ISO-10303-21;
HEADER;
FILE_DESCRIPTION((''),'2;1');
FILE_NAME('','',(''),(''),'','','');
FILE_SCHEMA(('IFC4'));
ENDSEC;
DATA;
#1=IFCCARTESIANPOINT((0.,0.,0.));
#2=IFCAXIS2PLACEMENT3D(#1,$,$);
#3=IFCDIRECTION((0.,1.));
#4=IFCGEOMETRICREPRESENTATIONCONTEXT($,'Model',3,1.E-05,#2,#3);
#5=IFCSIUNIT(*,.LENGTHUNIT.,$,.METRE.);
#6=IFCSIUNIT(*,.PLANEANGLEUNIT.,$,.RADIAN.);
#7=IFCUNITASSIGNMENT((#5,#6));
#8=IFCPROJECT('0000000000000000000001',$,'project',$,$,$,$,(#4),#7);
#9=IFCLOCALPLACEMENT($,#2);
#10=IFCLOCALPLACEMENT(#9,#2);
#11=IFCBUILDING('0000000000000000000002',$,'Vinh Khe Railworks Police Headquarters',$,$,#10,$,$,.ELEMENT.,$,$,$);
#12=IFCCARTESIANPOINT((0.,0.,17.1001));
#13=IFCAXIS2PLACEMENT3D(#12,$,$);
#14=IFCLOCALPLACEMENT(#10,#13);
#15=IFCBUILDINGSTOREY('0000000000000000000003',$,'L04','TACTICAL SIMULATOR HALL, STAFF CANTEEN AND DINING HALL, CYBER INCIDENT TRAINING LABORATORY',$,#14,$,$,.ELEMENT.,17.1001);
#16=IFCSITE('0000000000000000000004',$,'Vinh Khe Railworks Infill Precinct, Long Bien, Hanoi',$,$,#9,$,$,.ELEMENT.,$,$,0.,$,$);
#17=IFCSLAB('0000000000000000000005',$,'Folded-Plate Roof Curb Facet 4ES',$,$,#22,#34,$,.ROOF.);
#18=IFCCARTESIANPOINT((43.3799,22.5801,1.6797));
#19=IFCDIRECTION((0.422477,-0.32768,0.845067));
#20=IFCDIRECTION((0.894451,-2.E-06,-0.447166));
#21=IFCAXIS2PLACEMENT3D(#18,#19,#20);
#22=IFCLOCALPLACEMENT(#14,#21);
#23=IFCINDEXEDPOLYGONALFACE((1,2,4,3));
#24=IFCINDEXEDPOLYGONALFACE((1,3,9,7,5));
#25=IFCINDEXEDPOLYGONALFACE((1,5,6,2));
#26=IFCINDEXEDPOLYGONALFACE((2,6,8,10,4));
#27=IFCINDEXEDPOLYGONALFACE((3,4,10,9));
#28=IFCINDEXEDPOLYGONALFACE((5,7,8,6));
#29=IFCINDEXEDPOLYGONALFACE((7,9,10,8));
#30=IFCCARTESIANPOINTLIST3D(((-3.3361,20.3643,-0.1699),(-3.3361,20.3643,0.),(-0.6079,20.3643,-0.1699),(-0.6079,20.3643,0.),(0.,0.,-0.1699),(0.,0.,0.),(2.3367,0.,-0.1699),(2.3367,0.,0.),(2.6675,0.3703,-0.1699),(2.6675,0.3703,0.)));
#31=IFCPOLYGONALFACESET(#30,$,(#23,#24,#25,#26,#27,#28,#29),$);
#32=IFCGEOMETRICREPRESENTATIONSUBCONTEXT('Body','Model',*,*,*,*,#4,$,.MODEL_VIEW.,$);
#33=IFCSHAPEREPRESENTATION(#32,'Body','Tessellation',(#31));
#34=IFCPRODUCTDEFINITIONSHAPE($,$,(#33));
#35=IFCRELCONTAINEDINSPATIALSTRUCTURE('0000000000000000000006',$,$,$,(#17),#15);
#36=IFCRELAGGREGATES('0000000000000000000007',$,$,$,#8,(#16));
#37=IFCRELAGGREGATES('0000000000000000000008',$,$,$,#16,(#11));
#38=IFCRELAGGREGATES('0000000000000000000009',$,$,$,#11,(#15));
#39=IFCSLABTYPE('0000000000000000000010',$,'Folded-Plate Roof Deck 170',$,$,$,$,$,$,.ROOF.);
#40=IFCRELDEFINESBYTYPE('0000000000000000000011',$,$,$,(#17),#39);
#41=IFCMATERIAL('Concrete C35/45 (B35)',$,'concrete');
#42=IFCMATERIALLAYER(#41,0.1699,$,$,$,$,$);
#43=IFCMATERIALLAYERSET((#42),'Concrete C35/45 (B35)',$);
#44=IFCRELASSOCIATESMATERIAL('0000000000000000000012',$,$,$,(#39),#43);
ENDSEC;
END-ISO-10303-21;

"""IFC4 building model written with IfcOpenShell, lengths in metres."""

from ifc_helpers import new_model, si_unit, direction, frame, origin, place, context, subcontext, project, spatial, polyline, outline, extrude, material, layer, layer_set, type_object, element, save


model = new_model("IFC4")

# Units and contexts
model_context = context("Model", 3, precision=1e-05, world=origin(), true_north=direction((0.0, 1.0)))
body_context = subcontext(model_context, "Body", "Model", "MODEL_VIEW")
ifc_project = project(units=[si_unit("LENGTHUNIT", "METRE"), si_unit("PLANEANGLEUNIT", "RADIAN")], contexts=[model_context])

# Site, building, storey
site_placement = place(None, origin())
site = spatial("IfcSite", under=ifc_project, at=site_placement, Name="Vinh Khe Railworks Infill Precinct, Long Bien, Hanoi", CompositionType="ELEMENT", RefElevation=0.0)
building_placement = place(site_placement, origin())
building = spatial("IfcBuilding", under=site, at=building_placement, Name="Vinh Khe Railworks Police Headquarters", CompositionType="ELEMENT")
storey_placement = place(building_placement, frame((0.0, 0.0, 17.1001)))
storey = spatial("IfcBuildingStorey", under=building, at=storey_placement, Name="L04", Description="TACTICAL SIMULATOR HALL, STAFF CANTEEN AND DINING HALL, CYBER INCIDENT TRAINING LABORATORY", CompositionType="ELEMENT", Elevation=17.1001)

# Slab
ifc_material_1 = material(Name="Concrete C35/45 (B35)", Category="concrete")
ifc_layer = layer(ifc_material_1, 0.1699)
ifc_layer_set = layer_set([ifc_layer], Name="Concrete C35/45 (B35)")
slab_type = type_object("IfcSlabType", Name="Folded-Plate Roof Deck 170", PredefinedType="ROOF", material=ifc_layer_set)
slab_1_placement = place(storey_placement, frame((43.3799, 22.5801, 1.6797), z_axis=(0.422477, -0.32768, 0.845067), x_axis=(0.894451, -0.000002, -0.447166)))
element("IfcSlab", 1, at=slab_1_placement, inside=storey, type_object=slab_type, Name="Folded-Plate Roof Curb Facet 4ES", PredefinedType="ROOF", context=body_context, shape_type="SweptSolid", body=[
    extrude(outline(polyline([(0.0, 0.0), (2.3367, 0.0), (2.6675, 0.3703), (-0.6079, 20.3643), (-3.3361, 20.3643), (0.0, 0.0)])), origin(), (0.0, 0.0, -1.0), 0.1699),
])

save(model, "model.ifc")
